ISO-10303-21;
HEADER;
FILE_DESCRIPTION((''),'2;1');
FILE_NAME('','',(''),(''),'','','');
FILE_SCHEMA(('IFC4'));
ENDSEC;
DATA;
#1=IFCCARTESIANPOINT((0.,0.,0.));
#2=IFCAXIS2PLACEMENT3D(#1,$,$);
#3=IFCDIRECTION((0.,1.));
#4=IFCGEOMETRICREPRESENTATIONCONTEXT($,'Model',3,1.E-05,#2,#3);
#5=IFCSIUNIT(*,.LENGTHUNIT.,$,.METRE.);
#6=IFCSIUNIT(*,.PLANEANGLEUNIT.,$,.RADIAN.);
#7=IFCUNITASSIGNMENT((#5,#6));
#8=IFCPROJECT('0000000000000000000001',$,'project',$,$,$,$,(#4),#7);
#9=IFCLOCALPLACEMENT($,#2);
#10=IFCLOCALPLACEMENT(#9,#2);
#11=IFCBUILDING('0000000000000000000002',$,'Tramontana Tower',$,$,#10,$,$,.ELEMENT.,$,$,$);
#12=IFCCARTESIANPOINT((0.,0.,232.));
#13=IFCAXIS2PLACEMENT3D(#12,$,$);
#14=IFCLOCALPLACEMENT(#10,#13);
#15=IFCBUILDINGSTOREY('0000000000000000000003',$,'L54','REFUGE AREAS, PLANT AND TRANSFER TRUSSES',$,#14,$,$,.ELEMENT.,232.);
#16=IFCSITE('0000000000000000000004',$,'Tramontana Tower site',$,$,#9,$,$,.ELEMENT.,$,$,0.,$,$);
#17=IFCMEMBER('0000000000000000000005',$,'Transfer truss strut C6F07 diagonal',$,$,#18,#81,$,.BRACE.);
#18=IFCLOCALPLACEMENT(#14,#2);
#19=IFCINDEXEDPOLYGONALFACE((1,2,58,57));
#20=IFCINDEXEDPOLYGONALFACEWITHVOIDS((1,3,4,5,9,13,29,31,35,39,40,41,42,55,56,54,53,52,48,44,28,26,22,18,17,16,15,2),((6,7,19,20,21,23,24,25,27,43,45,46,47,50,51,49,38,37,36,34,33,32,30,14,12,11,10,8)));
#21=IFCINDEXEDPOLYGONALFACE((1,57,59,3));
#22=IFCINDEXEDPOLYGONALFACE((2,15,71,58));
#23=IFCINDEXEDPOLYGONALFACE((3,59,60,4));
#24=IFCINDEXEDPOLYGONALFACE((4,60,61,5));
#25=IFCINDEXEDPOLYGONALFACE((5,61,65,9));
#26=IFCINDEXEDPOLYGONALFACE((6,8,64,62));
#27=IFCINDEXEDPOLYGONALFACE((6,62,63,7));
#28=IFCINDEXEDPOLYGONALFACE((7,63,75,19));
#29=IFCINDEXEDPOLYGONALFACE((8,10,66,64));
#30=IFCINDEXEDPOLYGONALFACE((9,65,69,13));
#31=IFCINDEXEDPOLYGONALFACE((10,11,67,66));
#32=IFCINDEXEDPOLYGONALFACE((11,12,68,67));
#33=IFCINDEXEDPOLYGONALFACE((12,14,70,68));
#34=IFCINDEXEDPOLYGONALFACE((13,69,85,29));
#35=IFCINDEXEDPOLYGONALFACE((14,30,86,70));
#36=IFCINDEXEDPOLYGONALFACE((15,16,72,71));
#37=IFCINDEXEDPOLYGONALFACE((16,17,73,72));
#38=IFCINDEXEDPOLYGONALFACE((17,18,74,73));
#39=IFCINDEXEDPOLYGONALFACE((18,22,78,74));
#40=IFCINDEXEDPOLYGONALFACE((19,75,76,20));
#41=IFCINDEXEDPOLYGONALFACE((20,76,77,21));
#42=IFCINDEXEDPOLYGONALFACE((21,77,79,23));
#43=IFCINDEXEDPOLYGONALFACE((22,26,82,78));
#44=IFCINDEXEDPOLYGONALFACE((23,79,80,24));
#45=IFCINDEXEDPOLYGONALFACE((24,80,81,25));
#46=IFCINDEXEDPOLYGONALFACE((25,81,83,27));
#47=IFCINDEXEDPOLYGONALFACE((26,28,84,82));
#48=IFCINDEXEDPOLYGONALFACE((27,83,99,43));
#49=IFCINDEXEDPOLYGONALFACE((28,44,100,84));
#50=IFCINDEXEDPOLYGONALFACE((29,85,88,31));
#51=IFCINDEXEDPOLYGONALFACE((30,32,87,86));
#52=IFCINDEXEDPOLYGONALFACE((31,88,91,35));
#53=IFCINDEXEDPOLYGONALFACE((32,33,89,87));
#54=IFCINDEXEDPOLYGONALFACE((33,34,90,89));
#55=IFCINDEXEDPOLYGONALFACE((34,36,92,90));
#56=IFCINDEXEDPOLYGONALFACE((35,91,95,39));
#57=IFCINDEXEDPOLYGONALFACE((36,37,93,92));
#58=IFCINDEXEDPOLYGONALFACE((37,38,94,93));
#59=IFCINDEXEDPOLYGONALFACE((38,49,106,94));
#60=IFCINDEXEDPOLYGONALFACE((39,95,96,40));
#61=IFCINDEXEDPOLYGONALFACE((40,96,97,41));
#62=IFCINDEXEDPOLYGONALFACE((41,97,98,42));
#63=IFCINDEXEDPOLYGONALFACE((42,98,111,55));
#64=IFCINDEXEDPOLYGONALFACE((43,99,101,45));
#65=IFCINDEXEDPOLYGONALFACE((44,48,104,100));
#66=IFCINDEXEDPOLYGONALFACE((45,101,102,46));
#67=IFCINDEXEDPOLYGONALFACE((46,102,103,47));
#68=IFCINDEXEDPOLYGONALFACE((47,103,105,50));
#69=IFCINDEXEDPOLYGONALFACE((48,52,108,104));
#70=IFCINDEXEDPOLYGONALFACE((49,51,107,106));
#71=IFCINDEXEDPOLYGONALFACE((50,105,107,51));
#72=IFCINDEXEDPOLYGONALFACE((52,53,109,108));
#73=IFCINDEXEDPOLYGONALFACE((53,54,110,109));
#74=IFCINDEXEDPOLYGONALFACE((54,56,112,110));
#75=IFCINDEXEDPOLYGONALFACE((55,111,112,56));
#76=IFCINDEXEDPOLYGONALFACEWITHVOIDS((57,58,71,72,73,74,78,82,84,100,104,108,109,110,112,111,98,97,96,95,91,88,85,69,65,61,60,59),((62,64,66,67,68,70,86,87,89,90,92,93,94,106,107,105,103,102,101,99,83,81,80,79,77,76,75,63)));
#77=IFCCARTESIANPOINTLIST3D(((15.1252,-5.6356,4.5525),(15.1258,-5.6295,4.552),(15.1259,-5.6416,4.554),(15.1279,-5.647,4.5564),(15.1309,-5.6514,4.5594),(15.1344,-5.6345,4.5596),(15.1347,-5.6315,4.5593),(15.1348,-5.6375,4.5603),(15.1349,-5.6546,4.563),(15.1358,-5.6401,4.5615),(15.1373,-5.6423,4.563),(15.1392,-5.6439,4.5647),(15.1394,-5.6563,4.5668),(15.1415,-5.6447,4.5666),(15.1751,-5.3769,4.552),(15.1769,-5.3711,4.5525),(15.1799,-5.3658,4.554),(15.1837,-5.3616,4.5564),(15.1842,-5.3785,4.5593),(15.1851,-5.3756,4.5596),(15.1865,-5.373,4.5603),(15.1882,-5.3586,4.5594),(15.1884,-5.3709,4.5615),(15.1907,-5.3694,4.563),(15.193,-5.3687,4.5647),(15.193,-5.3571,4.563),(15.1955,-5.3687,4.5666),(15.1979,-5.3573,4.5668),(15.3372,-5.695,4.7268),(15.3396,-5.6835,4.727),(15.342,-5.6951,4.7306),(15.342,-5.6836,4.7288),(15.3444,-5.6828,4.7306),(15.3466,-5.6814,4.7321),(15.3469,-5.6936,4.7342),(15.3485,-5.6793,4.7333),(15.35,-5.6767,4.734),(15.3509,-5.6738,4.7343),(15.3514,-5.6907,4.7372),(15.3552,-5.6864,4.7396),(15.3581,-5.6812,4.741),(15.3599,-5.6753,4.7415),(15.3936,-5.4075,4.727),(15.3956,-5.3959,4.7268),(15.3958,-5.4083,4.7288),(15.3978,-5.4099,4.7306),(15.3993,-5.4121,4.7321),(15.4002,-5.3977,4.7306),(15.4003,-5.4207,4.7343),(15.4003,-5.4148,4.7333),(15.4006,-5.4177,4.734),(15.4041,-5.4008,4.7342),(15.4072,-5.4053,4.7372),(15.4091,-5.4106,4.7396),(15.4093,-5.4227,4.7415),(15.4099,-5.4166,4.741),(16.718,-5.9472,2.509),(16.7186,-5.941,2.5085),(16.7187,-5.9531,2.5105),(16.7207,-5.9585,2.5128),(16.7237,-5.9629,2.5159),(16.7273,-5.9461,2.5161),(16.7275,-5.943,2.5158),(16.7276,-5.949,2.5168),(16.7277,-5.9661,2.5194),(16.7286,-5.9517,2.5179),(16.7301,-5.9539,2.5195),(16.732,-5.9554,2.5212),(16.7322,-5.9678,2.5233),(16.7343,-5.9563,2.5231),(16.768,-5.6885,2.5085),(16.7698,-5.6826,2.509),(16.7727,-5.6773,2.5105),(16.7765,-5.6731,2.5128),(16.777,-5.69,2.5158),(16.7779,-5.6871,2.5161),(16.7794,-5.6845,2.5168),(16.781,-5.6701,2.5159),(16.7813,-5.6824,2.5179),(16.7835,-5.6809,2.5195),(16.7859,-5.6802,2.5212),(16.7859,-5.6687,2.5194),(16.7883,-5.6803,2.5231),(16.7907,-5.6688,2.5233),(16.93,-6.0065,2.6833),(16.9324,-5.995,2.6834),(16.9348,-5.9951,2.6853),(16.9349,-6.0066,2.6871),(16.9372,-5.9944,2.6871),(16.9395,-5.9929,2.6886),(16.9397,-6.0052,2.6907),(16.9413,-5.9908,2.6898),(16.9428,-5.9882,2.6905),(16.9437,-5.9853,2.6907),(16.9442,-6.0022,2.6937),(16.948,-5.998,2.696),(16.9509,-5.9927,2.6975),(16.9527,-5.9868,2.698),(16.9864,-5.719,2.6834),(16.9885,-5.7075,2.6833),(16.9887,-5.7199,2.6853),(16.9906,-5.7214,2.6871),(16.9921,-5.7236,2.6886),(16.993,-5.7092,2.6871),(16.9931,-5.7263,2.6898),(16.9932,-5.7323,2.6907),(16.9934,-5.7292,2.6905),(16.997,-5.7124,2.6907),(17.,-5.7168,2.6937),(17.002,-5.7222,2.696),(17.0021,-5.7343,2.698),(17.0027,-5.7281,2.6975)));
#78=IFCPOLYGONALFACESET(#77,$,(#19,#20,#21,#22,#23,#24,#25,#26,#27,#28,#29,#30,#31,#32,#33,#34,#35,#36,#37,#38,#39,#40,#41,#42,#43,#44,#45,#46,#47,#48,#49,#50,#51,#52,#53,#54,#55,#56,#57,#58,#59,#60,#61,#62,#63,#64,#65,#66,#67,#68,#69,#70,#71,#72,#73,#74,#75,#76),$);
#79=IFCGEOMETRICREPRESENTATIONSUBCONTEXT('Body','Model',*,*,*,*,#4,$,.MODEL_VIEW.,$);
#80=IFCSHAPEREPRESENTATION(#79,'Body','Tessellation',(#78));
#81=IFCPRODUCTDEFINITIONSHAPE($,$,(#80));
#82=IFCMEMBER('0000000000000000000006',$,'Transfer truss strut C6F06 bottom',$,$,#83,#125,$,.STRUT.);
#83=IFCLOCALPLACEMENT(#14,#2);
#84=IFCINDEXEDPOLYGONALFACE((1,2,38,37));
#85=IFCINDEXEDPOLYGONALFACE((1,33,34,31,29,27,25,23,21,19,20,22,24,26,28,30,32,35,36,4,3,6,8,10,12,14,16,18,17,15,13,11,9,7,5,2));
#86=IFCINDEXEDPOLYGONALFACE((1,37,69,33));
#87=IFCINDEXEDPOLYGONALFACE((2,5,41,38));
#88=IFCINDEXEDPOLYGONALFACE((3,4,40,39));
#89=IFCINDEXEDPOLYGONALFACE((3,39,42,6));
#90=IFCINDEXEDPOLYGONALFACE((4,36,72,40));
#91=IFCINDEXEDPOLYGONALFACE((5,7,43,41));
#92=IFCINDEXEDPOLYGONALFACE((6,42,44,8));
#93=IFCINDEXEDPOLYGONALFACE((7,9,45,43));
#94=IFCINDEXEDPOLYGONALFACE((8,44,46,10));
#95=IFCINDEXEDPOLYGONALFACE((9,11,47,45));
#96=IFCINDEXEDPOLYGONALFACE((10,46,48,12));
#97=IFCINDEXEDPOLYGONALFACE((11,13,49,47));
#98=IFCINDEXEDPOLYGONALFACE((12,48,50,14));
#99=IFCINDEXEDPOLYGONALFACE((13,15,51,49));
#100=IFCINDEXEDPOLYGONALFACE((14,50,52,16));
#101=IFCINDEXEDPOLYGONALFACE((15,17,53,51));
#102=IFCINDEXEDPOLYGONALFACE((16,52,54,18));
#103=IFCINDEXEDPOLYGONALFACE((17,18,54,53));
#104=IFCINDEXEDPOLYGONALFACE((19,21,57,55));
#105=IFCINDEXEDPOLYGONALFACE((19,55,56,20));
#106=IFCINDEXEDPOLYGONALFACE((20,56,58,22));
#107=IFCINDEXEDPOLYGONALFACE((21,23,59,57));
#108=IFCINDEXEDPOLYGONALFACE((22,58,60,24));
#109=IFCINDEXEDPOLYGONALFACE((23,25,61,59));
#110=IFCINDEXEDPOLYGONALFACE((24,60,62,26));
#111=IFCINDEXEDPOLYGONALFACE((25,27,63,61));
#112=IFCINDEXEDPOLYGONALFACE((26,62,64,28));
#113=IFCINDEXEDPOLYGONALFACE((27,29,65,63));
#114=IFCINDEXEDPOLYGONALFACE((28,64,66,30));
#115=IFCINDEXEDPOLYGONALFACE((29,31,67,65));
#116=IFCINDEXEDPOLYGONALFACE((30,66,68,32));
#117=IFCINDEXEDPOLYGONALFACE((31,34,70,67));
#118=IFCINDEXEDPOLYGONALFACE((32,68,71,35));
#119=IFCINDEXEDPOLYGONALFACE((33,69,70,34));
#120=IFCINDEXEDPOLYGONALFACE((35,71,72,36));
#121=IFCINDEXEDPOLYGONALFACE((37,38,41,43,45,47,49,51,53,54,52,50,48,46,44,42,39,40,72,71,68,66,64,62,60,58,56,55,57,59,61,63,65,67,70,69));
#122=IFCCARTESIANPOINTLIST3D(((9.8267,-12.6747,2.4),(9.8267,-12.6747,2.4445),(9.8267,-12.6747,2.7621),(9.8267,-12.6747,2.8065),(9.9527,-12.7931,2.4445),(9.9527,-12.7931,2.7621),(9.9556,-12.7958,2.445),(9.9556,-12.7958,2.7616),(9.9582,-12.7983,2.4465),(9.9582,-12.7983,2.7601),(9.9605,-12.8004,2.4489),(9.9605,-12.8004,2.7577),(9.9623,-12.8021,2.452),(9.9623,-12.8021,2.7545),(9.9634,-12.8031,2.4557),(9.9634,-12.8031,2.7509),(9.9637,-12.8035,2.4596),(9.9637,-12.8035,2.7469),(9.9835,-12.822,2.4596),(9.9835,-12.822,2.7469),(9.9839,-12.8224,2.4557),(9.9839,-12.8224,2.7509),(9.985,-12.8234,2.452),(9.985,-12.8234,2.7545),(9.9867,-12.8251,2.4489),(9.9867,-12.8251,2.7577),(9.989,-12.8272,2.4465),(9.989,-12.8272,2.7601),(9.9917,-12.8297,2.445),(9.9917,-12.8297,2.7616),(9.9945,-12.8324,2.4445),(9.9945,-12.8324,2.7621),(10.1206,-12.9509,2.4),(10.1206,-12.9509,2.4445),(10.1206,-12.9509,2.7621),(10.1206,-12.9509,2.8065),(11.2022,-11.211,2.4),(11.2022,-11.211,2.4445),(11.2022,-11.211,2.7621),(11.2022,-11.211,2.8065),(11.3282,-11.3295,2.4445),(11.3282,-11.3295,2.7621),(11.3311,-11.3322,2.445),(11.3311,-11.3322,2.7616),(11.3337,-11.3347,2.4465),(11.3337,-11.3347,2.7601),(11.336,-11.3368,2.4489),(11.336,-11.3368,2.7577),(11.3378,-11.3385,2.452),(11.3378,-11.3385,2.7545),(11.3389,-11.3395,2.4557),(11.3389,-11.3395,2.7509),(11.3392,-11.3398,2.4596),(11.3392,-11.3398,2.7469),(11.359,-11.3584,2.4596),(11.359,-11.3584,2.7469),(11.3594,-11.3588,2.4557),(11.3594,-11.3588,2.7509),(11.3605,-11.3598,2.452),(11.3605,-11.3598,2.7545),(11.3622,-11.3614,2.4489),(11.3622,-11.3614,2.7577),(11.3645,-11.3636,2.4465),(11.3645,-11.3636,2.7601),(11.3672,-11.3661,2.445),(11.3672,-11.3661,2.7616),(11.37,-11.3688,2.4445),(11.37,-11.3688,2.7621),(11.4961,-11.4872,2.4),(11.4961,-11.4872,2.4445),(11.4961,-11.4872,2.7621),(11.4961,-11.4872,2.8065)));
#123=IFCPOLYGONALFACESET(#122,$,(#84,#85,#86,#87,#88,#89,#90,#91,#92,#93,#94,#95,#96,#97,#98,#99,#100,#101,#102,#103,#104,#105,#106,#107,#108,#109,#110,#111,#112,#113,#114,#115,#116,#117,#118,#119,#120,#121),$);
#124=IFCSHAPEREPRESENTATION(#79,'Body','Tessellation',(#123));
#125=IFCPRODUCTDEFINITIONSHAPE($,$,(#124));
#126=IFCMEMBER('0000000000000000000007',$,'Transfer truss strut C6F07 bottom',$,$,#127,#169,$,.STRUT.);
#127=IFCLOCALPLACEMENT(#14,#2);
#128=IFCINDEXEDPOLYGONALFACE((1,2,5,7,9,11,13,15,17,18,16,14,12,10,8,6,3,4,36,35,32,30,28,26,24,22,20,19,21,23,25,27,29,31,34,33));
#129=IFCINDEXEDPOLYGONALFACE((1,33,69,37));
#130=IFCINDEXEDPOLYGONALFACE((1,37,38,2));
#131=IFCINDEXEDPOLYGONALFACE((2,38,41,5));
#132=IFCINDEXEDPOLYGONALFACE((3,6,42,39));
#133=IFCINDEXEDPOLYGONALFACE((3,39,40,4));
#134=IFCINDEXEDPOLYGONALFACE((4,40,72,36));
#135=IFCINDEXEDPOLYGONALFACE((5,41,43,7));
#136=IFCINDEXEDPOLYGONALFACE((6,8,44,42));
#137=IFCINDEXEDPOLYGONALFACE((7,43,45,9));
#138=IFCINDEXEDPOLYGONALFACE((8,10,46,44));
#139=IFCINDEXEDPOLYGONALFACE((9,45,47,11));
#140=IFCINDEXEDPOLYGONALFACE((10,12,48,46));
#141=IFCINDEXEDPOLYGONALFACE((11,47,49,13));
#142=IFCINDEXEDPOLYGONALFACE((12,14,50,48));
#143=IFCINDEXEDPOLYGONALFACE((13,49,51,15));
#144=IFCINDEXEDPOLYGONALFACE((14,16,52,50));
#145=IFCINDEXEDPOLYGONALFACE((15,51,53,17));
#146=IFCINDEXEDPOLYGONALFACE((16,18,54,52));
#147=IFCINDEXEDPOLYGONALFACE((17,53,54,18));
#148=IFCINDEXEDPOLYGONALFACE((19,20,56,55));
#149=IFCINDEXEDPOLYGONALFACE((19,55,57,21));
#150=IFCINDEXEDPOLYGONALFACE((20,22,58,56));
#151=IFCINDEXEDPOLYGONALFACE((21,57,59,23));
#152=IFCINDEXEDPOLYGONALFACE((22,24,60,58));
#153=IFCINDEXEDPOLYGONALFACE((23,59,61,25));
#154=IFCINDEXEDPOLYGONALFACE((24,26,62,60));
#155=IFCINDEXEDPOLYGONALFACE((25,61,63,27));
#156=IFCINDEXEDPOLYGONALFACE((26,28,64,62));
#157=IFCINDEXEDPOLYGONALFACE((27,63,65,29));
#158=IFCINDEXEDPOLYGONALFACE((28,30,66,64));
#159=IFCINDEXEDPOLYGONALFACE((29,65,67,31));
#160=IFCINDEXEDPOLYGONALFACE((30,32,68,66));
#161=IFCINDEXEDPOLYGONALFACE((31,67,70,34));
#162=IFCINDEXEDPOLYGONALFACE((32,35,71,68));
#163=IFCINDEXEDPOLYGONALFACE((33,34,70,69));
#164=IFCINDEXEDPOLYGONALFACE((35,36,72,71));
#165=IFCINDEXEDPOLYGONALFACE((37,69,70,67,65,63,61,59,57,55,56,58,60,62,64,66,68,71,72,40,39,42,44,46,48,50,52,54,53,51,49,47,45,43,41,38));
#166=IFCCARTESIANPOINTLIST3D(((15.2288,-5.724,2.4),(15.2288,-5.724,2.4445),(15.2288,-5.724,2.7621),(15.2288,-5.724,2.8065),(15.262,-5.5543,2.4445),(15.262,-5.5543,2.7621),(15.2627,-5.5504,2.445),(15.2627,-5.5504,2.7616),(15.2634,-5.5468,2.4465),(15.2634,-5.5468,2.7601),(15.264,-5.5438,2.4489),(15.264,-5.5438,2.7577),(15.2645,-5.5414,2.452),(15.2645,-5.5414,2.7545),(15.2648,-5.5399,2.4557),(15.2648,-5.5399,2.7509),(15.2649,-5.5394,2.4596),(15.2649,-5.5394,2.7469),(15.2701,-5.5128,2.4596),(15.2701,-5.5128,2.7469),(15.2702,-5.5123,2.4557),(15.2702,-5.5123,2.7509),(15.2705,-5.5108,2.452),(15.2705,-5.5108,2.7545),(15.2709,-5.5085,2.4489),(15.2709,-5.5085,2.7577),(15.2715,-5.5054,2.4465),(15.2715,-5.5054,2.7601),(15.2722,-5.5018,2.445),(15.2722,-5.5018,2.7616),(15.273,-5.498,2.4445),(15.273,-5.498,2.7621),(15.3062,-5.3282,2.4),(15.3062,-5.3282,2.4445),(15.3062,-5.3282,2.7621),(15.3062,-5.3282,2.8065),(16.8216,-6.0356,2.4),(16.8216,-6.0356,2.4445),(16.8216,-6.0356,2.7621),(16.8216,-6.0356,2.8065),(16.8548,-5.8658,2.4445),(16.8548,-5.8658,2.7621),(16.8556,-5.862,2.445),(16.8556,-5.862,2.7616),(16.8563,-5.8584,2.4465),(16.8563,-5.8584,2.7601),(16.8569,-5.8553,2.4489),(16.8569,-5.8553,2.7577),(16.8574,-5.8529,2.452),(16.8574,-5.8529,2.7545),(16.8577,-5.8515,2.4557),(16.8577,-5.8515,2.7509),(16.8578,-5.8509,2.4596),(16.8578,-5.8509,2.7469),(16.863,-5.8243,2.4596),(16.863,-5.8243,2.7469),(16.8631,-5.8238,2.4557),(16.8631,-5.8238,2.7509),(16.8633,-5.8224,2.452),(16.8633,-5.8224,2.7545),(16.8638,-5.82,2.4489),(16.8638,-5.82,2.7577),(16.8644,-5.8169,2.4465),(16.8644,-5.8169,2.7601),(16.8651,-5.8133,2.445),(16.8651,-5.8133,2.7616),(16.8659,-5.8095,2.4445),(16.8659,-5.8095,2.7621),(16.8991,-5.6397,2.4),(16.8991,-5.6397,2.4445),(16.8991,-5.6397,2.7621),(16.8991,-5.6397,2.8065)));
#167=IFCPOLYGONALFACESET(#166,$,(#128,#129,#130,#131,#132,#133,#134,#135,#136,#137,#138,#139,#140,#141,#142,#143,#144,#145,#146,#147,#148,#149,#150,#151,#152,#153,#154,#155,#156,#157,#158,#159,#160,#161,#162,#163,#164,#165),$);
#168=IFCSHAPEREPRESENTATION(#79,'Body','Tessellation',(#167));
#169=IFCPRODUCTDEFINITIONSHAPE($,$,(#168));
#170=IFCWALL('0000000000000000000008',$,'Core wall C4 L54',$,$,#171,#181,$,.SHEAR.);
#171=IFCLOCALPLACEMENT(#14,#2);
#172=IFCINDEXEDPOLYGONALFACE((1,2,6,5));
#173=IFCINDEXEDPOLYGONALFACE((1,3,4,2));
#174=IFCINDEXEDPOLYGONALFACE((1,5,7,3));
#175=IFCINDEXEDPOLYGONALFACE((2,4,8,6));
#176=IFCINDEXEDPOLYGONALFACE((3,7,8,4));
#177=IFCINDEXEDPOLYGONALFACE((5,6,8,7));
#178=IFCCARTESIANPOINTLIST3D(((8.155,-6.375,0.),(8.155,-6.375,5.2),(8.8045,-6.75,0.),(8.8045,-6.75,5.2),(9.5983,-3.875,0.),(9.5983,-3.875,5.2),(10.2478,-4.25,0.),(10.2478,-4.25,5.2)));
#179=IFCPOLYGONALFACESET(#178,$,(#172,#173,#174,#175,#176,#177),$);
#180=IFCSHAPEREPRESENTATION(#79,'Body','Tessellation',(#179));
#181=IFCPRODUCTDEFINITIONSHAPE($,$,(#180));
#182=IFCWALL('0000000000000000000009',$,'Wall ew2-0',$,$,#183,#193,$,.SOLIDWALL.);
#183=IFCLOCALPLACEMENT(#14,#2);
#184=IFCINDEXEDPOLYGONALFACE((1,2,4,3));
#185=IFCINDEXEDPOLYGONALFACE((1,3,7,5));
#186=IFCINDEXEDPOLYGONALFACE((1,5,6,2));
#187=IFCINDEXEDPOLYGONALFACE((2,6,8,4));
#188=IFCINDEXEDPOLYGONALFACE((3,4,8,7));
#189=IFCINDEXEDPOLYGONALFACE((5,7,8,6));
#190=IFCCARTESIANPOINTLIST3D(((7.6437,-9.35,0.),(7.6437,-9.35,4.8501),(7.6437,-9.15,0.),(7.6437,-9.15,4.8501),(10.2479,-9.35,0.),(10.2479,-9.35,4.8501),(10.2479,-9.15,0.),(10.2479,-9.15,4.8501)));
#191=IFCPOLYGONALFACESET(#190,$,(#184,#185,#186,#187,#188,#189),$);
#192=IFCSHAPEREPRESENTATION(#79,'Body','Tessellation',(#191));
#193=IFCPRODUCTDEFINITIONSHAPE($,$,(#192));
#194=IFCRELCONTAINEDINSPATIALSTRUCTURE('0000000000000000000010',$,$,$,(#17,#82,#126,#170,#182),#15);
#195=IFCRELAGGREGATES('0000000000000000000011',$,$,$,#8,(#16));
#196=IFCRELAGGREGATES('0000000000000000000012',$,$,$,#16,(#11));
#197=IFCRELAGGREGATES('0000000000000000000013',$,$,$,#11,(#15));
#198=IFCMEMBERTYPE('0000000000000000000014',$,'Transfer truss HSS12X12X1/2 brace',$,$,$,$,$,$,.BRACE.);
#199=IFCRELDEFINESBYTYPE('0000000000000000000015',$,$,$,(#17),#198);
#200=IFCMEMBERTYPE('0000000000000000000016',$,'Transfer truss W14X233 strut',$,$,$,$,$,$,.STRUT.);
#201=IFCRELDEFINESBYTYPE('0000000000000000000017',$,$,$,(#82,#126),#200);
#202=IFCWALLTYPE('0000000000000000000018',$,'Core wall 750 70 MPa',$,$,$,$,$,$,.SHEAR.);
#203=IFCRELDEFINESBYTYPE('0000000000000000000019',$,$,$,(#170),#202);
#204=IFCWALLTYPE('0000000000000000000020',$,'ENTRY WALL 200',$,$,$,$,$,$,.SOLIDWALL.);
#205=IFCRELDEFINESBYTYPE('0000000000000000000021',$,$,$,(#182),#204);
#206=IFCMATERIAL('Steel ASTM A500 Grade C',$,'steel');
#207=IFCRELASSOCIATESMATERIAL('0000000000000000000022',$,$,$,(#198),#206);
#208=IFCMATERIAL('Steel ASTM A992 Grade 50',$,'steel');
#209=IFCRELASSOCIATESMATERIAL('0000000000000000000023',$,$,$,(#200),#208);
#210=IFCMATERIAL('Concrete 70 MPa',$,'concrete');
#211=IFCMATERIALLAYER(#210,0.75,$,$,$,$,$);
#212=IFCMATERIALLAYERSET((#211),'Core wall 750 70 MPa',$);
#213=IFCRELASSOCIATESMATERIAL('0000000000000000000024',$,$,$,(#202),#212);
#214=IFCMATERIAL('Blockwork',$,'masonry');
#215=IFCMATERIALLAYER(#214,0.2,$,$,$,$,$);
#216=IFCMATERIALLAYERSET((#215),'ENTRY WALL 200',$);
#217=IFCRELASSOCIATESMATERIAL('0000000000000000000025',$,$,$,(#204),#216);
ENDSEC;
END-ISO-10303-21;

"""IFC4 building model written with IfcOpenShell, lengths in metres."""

from ifc_helpers import new_model, si_unit, direction, frame, frame_2d, origin, origin_2d, place, context, subcontext, project, spatial, rectangle, hollow_rectangle, i_section, extrude, material, layer, layer_set, material_profile, profile_set, type_object, element, save


model = new_model("IFC4")

# Units and contexts
model_context = context("Model", 3, precision=1e-05, world=origin(), true_north=direction((0.0, 1.0)))
body_context = subcontext(model_context, "Body", "Model", "MODEL_VIEW")
ifc_project = project(units=[si_unit("LENGTHUNIT", "METRE"), si_unit("PLANEANGLEUNIT", "RADIAN")], contexts=[model_context])

# Site, building, storey
site_placement = place(None, origin())
site = spatial("IfcSite", under=ifc_project, at=site_placement, Name="Tramontana Tower site", CompositionType="ELEMENT", RefElevation=0.0)
building_placement = place(site_placement, origin())
building = spatial("IfcBuilding", under=site, at=building_placement, Name="Tramontana Tower", CompositionType="ELEMENT")
storey_placement = place(building_placement, frame((0.0, 0.0, 232.0)))
storey = spatial("IfcBuildingStorey", under=building, at=storey_placement, Name="L54", Description="REFUGE AREAS, PLANT AND TRANSFER TRUSSES", CompositionType="ELEMENT", Elevation=232.0)

# Members
ifc_material_1 = material(Name="Steel ASTM A500 Grade C", Category="steel")
ifc_material_profile_1 = material_profile(ifc_material_1, hollow_rectangle(XDim=0.3047, YDim=0.3047, WallThickness=0.0117, InnerFilletRadius=0.0117, OuterFilletRadius=0.0237, at=origin_2d()), Name="HSS12X12X1/2")
ifc_profile_set_1 = profile_set([ifc_material_profile_1], Name="Steel ASTM A500 Grade C")
member_type_1 = type_object("IfcMemberType", Name="Transfer truss HSS12X12X1/2 brace", PredefinedType="BRACE", material=ifc_profile_set_1)
member_1_placement = place(storey_placement, frame((16.8604, -5.8376, 2.6033), z_axis=(-0.610366, 0.119379, 0.783072), x_axis=(-0.191949, -0.981405, 0.0)))
element("IfcMember", 1, at=member_1_placement, inside=storey, type_object=member_type_1, Name="Transfer truss strut C6F07 diagonal", PredefinedType="BRACE", context=body_context, shape_type="SweptSolid", body=[
    extrude(hollow_rectangle(XDim=0.3047, YDim=0.3047, WallThickness=0.0117, InnerFilletRadius=0.0117, OuterFilletRadius=0.0237, at=origin_2d()), origin(), (0.0, 0.0, 1.0), 2.6096),
])
ifc_material_2 = material(Name="Steel ASTM A992 Grade 50", Category="steel")
ifc_material_profile_2 = material_profile(ifc_material_2, i_section(OverallWidth=0.4033, OverallDepth=0.4065, WebThickness=0.0271, FlangeThickness=0.0444, FilletRadius=0.0151, at=origin_2d()), Name="W14X233")
ifc_profile_set_2 = profile_set([ifc_material_profile_2], Name="Steel ASTM A992 Grade 50")
member_type_2 = type_object("IfcMemberType", Name="Transfer truss W14X233 strut", PredefinedType="STRUT", material=ifc_profile_set_2)
member_2_placement = place(storey_placement, frame((11.3491, -11.3491, 2.6033), z_axis=(-0.684826, -0.728707, 0.0), x_axis=(0.728707, -0.684826, 0.0)))
element("IfcMember", 2, at=member_2_placement, inside=storey, type_object=member_type_2, Name="Transfer truss strut C6F06 bottom", PredefinedType="STRUT", context=body_context, shape_type="SweptSolid", body=[
    extrude(i_section(OverallWidth=0.4033, OverallDepth=0.4065, WebThickness=0.0271, FlangeThickness=0.0444, FilletRadius=0.0151, at=origin_2d()), origin(), (0.0, 0.0, 1.0), 2.0085),
])
member_3_placement = place(storey_placement, frame((16.8604, -5.8376, 2.6033), z_axis=(-0.981405, 0.191949, 0.0), x_axis=(-0.191949, -0.981405, 0.0)))
element("IfcMember", 3, at=member_3_placement, inside=storey, type_object=member_type_2, Name="Transfer truss strut C6F07 bottom", PredefinedType="STRUT", context=body_context, shape_type="SweptSolid", body=[
    extrude(i_section(OverallWidth=0.4033, OverallDepth=0.4065, WebThickness=0.0271, FlangeThickness=0.0444, FilletRadius=0.0151, at=origin_2d()), origin(), (0.0, 0.0, 1.0), 1.623),
])

# Walls
ifc_material_3 = material(Name="Concrete 70 MPa", Category="concrete")
ifc_layer_1 = layer(ifc_material_3, 0.75)
ifc_layer_set_1 = layer_set([ifc_layer_1], Name="Core wall 750 70 MPa")
wall_type_1 = type_object("IfcWallType", Name="Core wall 750 70 MPa", PredefinedType="SHEAR", material=ifc_layer_set_1)
wall_1_placement = place(storey_placement, frame((8.4797, -6.5625, 0.0), z_axis=(0.0, 0.0, 1.0), x_axis=(0.499996, 0.866028, 0.0)))
element("IfcWall", 4, at=wall_1_placement, inside=storey, type_object=wall_type_1, Name="Core wall C4 L54", PredefinedType="SHEAR", context=body_context, shape_type="SweptSolid", body=[
    extrude(rectangle(XDim=2.8867, YDim=0.75, at=frame_2d((1.4434, 0.0))), origin(), (0.0, 0.0, 1.0), 5.2),
])
ifc_material_4 = material(Name="Blockwork", Category="masonry")
ifc_layer_2 = layer(ifc_material_4, 0.2)
ifc_layer_set_2 = layer_set([ifc_layer_2], Name="ENTRY WALL 200")
wall_type_2 = type_object("IfcWallType", Name="ENTRY WALL 200", PredefinedType="SOLIDWALL", material=ifc_layer_set_2)
wall_2_placement = place(storey_placement, frame((10.248, -9.25, 0.0), z_axis=(0.0, 0.0, 1.0), x_axis=(-1.0, 0.0, 0.0)))
element("IfcWall", 5, at=wall_2_placement, inside=storey, type_object=wall_type_2, Name="Wall ew2-0", PredefinedType="SOLIDWALL", context=body_context, shape_type="SweptSolid", body=[
    extrude(rectangle(XDim=2.6042, YDim=0.2, at=frame_2d((1.3022, 0.0))), origin(), (0.0, 0.0, 1.0), 4.8501),
])

save(model, "model.ifc")
